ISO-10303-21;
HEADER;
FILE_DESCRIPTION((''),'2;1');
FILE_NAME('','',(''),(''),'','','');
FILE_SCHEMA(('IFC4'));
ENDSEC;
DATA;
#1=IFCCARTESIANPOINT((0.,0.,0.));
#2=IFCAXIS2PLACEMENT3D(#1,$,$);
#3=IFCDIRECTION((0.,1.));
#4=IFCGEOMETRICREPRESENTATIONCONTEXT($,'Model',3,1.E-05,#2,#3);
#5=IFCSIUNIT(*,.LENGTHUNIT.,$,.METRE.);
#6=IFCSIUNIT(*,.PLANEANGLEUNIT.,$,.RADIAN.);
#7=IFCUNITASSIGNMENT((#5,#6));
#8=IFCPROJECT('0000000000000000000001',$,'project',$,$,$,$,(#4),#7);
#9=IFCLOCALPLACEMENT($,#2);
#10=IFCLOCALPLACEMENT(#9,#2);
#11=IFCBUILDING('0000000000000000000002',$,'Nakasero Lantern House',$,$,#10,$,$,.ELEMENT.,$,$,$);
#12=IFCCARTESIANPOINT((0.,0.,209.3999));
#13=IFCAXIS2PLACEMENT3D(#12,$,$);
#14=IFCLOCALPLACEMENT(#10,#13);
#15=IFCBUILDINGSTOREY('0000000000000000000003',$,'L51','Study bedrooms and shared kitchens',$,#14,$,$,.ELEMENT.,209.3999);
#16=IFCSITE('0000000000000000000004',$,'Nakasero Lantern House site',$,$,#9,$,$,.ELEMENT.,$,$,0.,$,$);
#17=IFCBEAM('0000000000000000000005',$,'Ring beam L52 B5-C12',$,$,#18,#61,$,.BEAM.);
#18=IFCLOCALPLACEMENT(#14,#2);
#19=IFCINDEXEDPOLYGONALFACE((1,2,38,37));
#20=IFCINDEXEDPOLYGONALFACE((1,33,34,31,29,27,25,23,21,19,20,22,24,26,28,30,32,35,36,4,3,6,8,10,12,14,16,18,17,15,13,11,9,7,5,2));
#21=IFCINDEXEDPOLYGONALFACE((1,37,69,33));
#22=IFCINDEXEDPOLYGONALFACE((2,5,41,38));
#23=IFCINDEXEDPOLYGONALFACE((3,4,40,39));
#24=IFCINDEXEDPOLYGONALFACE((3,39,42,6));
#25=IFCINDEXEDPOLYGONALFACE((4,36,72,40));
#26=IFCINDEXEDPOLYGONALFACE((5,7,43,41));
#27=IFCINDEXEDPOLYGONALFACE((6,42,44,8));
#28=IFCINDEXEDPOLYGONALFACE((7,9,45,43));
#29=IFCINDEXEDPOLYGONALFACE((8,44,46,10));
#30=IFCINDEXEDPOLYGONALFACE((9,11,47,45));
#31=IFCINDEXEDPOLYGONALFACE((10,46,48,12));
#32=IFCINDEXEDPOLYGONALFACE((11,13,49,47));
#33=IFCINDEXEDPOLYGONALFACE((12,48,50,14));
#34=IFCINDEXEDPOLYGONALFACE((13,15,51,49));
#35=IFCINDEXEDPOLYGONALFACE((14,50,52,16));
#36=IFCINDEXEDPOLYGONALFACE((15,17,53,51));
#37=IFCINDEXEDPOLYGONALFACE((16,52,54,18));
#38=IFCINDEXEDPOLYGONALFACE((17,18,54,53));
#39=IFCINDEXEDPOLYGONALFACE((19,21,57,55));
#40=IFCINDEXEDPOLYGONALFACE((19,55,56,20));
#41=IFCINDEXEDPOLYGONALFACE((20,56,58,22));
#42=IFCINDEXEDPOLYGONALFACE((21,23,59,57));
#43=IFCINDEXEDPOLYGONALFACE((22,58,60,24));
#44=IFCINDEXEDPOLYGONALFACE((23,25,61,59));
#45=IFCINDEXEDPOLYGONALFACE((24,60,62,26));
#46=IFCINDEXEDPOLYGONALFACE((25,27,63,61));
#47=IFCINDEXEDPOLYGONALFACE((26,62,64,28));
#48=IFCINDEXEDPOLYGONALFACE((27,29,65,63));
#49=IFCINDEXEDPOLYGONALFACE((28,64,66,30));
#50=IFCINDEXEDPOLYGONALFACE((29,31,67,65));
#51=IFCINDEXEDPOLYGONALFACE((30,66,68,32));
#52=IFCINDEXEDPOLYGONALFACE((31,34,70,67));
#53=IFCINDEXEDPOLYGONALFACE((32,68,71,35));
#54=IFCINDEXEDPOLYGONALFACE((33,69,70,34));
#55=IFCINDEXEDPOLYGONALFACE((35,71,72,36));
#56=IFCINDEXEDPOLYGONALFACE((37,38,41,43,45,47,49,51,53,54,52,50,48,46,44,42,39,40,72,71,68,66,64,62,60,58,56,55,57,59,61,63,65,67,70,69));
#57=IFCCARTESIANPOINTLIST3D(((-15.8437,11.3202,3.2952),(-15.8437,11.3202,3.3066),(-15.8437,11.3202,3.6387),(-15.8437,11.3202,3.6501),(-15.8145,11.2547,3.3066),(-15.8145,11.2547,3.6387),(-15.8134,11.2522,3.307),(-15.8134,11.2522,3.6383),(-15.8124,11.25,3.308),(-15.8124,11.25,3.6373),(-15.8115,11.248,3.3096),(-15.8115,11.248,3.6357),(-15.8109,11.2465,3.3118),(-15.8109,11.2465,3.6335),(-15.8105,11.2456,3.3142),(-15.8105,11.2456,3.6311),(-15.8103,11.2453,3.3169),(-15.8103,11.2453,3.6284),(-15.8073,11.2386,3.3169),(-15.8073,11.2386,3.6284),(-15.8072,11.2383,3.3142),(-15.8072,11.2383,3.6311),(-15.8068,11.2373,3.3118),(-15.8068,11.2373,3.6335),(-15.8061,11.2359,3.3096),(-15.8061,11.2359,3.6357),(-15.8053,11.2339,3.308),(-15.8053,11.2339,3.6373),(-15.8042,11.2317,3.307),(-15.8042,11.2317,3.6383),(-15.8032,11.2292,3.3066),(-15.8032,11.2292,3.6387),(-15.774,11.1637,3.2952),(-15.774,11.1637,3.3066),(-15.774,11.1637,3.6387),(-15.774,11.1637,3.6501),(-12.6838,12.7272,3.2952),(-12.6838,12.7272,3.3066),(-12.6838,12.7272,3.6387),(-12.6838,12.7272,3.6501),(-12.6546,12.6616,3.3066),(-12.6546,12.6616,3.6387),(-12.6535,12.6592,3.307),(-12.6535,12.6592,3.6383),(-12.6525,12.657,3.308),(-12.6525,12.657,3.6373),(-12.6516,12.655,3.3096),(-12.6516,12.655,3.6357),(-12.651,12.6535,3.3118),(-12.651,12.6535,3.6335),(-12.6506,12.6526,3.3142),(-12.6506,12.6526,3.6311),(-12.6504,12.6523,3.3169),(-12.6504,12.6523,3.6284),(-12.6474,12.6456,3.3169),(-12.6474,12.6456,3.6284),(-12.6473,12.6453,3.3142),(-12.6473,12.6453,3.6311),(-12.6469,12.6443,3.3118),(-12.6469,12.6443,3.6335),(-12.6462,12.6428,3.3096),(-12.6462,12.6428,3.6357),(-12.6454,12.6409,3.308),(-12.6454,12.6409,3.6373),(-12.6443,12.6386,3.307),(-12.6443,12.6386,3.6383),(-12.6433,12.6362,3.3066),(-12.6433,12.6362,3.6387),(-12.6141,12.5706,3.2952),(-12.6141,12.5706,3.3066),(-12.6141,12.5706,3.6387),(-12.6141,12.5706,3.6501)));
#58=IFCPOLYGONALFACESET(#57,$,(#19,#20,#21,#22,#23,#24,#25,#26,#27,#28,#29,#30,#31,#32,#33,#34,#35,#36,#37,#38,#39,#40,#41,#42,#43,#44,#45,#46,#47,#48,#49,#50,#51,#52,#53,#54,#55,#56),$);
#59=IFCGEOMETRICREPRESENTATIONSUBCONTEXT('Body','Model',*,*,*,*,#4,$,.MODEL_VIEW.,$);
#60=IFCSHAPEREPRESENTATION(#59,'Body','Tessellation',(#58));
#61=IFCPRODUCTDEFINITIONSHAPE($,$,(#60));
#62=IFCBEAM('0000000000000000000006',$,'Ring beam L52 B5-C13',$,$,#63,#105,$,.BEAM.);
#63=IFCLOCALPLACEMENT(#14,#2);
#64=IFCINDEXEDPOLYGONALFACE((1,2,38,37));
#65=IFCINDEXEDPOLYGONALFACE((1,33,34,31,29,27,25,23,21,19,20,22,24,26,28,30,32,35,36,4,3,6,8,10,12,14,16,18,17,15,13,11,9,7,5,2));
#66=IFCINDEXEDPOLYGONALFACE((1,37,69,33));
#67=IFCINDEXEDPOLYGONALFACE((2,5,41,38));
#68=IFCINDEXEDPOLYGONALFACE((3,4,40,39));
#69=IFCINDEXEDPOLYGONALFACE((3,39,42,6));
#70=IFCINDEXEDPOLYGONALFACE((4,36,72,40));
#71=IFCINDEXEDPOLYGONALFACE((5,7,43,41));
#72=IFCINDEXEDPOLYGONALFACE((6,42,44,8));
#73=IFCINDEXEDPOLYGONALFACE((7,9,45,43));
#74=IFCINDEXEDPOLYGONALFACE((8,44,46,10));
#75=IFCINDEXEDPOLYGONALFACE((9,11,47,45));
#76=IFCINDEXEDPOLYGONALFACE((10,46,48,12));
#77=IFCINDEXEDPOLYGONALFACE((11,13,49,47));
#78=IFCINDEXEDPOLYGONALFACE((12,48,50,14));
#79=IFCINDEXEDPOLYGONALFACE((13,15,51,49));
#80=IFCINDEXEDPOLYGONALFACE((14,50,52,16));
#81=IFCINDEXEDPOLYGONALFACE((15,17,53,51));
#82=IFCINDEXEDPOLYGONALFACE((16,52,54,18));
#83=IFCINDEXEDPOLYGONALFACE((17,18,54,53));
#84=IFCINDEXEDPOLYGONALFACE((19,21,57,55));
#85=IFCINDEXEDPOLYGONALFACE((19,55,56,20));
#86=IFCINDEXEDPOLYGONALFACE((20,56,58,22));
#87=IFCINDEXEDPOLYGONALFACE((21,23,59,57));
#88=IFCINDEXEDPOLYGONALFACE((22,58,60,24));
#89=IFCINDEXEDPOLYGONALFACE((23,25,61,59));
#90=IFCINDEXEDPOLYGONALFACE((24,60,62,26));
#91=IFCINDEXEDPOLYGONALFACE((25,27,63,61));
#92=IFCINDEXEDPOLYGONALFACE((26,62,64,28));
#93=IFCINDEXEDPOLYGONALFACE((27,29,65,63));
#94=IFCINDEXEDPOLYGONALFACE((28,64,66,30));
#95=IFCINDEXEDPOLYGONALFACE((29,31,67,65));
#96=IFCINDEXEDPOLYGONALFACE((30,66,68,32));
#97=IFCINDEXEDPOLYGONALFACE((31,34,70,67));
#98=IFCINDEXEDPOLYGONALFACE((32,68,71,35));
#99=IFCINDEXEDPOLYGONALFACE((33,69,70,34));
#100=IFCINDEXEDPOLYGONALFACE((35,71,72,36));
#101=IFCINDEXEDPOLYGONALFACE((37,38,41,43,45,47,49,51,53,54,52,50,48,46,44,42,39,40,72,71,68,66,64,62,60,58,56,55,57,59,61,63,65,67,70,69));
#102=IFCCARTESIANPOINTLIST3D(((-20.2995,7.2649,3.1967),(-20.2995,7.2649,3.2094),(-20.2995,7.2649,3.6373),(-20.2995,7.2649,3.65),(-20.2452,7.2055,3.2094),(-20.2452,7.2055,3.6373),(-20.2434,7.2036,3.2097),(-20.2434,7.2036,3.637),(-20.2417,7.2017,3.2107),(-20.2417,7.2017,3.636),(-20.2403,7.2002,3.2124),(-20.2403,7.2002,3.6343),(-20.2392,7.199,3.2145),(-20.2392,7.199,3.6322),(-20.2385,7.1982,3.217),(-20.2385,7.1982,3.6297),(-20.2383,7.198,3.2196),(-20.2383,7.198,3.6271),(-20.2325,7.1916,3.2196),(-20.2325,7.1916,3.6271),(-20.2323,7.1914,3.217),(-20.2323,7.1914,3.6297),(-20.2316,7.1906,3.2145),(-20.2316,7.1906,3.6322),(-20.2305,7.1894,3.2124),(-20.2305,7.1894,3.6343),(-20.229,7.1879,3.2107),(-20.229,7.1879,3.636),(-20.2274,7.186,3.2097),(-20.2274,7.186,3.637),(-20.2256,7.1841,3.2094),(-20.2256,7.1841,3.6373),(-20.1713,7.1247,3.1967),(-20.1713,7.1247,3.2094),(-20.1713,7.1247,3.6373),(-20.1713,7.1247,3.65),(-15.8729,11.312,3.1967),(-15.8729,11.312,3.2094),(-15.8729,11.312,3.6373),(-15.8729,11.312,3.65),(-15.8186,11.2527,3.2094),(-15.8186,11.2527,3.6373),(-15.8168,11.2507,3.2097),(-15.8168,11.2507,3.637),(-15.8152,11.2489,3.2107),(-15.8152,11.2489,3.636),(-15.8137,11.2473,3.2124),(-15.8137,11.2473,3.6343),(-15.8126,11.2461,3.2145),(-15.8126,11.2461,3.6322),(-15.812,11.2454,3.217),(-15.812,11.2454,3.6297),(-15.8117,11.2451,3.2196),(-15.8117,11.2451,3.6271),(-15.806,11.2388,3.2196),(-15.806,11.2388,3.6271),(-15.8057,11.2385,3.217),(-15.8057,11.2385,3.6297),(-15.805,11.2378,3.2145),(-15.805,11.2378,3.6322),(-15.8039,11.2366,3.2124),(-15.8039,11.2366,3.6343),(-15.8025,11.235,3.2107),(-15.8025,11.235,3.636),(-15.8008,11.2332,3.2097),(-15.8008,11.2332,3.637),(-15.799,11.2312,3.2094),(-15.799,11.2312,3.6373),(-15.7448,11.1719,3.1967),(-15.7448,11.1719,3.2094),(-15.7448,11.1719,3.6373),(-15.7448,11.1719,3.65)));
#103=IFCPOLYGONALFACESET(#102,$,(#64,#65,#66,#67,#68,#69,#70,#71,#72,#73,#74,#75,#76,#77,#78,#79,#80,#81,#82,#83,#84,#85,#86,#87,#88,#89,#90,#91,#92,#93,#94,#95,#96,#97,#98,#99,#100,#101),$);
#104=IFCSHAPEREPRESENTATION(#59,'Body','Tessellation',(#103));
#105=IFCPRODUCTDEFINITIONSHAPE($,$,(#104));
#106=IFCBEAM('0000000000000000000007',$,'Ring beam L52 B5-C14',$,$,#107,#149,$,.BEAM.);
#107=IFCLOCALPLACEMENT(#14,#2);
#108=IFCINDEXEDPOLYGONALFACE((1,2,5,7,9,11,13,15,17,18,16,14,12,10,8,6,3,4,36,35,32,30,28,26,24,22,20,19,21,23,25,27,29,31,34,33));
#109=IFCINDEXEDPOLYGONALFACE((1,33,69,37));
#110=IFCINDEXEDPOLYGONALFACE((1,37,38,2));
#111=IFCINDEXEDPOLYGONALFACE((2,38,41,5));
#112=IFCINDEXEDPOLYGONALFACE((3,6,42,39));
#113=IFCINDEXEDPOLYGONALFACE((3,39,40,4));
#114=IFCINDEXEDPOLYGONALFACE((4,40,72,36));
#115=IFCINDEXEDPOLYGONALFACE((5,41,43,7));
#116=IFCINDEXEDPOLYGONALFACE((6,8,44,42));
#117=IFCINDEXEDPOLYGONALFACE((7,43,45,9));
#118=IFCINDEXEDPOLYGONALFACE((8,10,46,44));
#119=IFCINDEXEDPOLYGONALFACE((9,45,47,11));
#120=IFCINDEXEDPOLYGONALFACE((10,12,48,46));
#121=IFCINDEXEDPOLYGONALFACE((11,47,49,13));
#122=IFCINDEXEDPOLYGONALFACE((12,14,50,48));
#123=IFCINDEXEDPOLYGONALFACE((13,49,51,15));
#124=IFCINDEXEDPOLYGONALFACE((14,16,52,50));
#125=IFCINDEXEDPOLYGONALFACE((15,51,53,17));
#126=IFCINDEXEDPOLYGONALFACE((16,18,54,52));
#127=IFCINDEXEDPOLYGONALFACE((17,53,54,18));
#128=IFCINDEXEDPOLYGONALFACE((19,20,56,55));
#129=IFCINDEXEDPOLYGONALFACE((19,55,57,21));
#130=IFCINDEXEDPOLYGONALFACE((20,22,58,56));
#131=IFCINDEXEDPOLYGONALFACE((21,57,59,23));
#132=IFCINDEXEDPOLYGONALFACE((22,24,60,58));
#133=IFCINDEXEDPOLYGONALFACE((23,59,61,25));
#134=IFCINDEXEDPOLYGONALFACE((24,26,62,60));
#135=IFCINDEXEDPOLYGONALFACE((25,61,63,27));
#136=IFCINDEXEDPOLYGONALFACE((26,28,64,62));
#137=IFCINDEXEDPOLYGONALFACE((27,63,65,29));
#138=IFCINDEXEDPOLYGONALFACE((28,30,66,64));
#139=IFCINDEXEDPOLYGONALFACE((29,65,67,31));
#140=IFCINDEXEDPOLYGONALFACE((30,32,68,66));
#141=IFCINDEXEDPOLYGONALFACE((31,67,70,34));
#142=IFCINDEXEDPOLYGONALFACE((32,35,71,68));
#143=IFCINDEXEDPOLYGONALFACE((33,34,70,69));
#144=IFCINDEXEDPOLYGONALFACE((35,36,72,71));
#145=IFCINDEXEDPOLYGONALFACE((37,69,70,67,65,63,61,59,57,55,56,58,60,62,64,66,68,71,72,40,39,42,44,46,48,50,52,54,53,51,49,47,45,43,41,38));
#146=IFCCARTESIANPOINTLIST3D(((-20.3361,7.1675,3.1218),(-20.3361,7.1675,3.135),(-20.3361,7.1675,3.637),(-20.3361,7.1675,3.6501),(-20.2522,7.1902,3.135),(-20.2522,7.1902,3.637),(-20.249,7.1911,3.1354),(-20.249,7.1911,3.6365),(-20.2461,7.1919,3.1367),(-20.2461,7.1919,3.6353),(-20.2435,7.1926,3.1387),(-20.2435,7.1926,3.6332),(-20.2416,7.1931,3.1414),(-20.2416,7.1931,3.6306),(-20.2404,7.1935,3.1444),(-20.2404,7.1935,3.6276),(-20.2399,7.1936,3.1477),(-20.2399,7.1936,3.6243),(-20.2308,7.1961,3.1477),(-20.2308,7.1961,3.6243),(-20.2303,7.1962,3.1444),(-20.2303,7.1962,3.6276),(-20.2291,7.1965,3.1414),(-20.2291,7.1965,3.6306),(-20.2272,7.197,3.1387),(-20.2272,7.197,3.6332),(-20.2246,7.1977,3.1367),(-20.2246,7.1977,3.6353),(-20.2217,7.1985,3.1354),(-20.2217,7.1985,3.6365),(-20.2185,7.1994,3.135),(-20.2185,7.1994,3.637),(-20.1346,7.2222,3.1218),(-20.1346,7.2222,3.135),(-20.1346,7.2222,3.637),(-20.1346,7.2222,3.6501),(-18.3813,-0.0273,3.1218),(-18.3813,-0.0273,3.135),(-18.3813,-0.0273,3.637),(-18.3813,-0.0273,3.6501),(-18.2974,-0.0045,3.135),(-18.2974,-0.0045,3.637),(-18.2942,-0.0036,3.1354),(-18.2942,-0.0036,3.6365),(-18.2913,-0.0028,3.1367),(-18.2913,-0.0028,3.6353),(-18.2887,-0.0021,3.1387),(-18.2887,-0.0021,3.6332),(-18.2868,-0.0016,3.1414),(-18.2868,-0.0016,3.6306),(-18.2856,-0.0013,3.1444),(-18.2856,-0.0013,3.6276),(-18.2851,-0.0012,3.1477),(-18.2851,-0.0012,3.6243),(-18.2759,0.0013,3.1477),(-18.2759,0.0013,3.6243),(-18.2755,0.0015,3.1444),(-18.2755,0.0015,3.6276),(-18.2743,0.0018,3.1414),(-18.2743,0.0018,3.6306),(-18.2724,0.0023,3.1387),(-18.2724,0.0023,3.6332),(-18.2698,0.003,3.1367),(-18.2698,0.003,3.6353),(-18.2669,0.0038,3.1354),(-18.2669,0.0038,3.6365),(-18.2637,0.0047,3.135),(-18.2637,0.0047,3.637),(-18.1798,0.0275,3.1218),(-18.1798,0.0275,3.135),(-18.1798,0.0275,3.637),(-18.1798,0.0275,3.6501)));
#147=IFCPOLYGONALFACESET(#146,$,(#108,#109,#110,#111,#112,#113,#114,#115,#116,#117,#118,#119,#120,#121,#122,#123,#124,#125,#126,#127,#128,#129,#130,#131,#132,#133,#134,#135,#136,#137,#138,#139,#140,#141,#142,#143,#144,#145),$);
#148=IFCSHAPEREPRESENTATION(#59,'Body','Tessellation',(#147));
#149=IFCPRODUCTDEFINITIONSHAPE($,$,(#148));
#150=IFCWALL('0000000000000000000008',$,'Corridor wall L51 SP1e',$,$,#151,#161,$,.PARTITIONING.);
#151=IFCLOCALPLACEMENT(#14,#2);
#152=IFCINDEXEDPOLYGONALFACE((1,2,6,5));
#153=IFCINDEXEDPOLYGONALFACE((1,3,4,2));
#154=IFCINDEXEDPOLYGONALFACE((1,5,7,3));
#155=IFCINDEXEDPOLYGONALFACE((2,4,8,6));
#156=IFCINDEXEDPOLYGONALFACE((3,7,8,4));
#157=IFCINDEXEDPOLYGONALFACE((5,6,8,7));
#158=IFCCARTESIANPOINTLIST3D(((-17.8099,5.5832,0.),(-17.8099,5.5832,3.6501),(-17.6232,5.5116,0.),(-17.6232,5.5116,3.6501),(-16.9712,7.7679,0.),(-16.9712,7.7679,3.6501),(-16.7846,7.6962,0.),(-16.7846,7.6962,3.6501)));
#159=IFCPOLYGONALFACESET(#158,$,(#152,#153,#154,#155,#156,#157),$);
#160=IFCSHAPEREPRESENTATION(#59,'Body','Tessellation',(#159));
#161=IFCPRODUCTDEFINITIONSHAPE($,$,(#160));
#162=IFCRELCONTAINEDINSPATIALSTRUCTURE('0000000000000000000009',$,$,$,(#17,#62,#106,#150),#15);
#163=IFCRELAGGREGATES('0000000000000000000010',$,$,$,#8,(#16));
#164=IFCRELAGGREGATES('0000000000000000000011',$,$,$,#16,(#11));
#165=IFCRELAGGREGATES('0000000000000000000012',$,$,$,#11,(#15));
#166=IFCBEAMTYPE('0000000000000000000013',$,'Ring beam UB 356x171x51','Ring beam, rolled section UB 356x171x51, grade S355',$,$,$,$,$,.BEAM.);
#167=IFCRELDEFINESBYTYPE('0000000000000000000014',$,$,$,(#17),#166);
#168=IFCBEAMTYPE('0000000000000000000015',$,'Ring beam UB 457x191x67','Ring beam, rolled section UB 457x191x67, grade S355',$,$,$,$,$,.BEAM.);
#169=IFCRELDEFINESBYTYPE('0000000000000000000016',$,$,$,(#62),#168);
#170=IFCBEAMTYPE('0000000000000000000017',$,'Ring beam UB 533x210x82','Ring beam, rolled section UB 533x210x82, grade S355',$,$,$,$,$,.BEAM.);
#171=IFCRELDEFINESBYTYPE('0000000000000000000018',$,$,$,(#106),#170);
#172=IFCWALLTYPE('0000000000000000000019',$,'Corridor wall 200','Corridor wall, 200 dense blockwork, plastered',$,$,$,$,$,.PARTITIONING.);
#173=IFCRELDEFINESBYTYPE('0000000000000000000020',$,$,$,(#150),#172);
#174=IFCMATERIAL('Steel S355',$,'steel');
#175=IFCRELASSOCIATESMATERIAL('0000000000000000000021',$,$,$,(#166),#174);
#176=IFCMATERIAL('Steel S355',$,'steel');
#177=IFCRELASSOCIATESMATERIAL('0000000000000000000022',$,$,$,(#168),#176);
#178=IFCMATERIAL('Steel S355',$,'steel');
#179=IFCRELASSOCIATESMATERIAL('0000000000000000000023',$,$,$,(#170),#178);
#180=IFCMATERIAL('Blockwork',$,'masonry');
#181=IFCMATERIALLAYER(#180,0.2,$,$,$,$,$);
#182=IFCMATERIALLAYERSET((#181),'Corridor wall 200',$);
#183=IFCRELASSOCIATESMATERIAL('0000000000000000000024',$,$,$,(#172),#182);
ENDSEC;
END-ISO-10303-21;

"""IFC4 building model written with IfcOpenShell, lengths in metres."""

from ifc_helpers import new_model, si_unit, direction, frame, frame_2d, origin, origin_2d, place, context, subcontext, project, spatial, rectangle, i_section, extrude, material, layer, layer_set, material_profile, profile_set, type_object, element, save


model = new_model("IFC4")

# Units and contexts
model_context = context("Model", 3, precision=1e-05, world=origin(), true_north=direction((0.0, 1.0)))
body_context = subcontext(model_context, "Body", "Model", "MODEL_VIEW")
ifc_project = project(units=[si_unit("LENGTHUNIT", "METRE"), si_unit("PLANEANGLEUNIT", "RADIAN")], contexts=[model_context])

# Site, building, storey
site_placement = place(None, origin())
site = spatial("IfcSite", under=ifc_project, at=site_placement, Name="Nakasero Lantern House site", CompositionType="ELEMENT", RefElevation=0.0)
building_placement = place(site_placement, origin())
building = spatial("IfcBuilding", under=site, at=building_placement, Name="Nakasero Lantern House", CompositionType="ELEMENT")
storey_placement = place(building_placement, frame((0.0, 0.0, 209.3999)))
storey = spatial("IfcBuildingStorey", under=building, at=storey_placement, Name="L51", Description="Study bedrooms and shared kitchens", CompositionType="ELEMENT", Elevation=209.3999)

# Beams
ifc_material_1 = material(Name="Steel S355", Category="steel")
ifc_material_profile_1 = material_profile(ifc_material_1, i_section(OverallWidth=0.1714, OverallDepth=0.355, WebThickness=0.0073, FlangeThickness=0.0115, FilletRadius=0.0103, at=origin_2d()), Name="UB 356x171x51")
ifc_profile_set_1 = profile_set([ifc_material_profile_1], Name="Steel S355")
beam_type_1 = type_object("IfcBeamType", Name="Ring beam UB 356x171x51", Description="Ring beam, rolled section UB 356x171x51, grade S355", PredefinedType="BEAM", material=ifc_profile_set_1)
beam_1_placement = place(storey_placement, frame((-12.6489, 12.6489, 3.4727), z_axis=(-0.913535, -0.406761, 0.0), x_axis=(0.406761, -0.913535, 0.0)))
element("IfcBeam", 1, at=beam_1_placement, inside=storey, type_object=beam_type_1, Name="Ring beam L52 B5-C12", PredefinedType="BEAM", context=body_context, shape_type="SweptSolid", body=[
    extrude(i_section(OverallWidth=0.1714, OverallDepth=0.355, WebThickness=0.0073, FlangeThickness=0.0115, FilletRadius=0.0103, at=origin_2d()), origin(), (0.0, 0.0, 1.0), 3.459),
])
ifc_material_2 = material(Name="Steel S355", Category="steel")
ifc_material_profile_2 = material_profile(ifc_material_2, i_section(OverallWidth=0.1899, OverallDepth=0.4534, WebThickness=0.0085, FlangeThickness=0.0127, FilletRadius=0.0103, at=origin_2d()), Name="UB 457x191x67")
ifc_profile_set_2 = profile_set([ifc_material_profile_2], Name="Steel S355")
beam_type_2 = type_object("IfcBeamType", Name="Ring beam UB 457x191x67", Description="Ring beam, rolled section UB 457x191x67, grade S355", PredefinedType="BEAM", material=ifc_profile_set_2)
beam_2_placement = place(storey_placement, frame((-15.8088, 11.2419, 3.4233), z_axis=(-0.738027, -0.674771, 0.0), x_axis=(0.674771, -0.738027, 0.0)))
element("IfcBeam", 2, at=beam_2_placement, inside=storey, type_object=beam_type_2, Name="Ring beam L52 B5-C13", PredefinedType="BEAM", context=body_context, shape_type="SweptSolid", body=[
    extrude(i_section(OverallWidth=0.1899, OverallDepth=0.4534, WebThickness=0.0085, FlangeThickness=0.0127, FilletRadius=0.0103, at=origin_2d()), origin(), (0.0, 0.0, 1.0), 5.9978),
])
ifc_material_3 = material(Name="Steel S355", Category="steel")
ifc_material_profile_3 = material_profile(ifc_material_3, i_section(OverallWidth=0.2087, OverallDepth=0.5283, WebThickness=0.0095, FlangeThickness=0.0132, FilletRadius=0.0127, at=origin_2d()), Name="UB 533x210x82")
ifc_profile_set_3 = profile_set([ifc_material_profile_3], Name="Steel S355")
beam_type_3 = type_object("IfcBeamType", Name="Ring beam UB 533x210x82", Description="Ring beam, rolled section UB 533x210x82, grade S355", PredefinedType="BEAM", material=ifc_profile_set_3)
beam_3_placement = place(storey_placement, frame((-20.2354, 7.1948, 3.386), z_axis=(0.262195, -0.965015, 0.0), x_axis=(0.965015, 0.262195, 0.0)))
element("IfcBeam", 3, at=beam_3_placement, inside=storey, type_object=beam_type_3, Name="Ring beam L52 B5-C14", PredefinedType="BEAM", context=body_context, shape_type="SweptSolid", body=[
    extrude(i_section(OverallWidth=0.2087, OverallDepth=0.5283, WebThickness=0.0095, FlangeThickness=0.0132, FilletRadius=0.0127, at=origin_2d()), origin(), (0.0, 0.0, 1.0), 7.4556),
])

# Wall
ifc_material_4 = material(Name="Blockwork", Category="masonry")
ifc_layer_1 = layer(ifc_material_4, 0.2)
ifc_layer_set_1 = layer_set([ifc_layer_1], Name="Corridor wall 200")
wall_type_1 = type_object("IfcWallType", Name="Corridor wall 200", Description="Corridor wall, 200 dense blockwork, plastered", PredefinedType="PARTITIONING", material=ifc_layer_set_1)
wall_1_placement = place(storey_placement, frame((-16.8779, 7.7319, 0.0), z_axis=(0.0, 0.0, 1.0), x_axis=(-0.358385, -0.933574, 0.0)))
element("IfcWall", 4, at=wall_1_placement, inside=storey, type_object=wall_type_1, Name="Corridor wall L51 SP1e", PredefinedType="PARTITIONING", context=body_context, shape_type="SweptSolid", body=[
    extrude(rectangle(XDim=2.3401, YDim=0.2, at=frame_2d((1.1699, 0.0))), origin(), (0.0, 0.0, 1.0), 3.6501),
])

save(model, "model.ifc")
